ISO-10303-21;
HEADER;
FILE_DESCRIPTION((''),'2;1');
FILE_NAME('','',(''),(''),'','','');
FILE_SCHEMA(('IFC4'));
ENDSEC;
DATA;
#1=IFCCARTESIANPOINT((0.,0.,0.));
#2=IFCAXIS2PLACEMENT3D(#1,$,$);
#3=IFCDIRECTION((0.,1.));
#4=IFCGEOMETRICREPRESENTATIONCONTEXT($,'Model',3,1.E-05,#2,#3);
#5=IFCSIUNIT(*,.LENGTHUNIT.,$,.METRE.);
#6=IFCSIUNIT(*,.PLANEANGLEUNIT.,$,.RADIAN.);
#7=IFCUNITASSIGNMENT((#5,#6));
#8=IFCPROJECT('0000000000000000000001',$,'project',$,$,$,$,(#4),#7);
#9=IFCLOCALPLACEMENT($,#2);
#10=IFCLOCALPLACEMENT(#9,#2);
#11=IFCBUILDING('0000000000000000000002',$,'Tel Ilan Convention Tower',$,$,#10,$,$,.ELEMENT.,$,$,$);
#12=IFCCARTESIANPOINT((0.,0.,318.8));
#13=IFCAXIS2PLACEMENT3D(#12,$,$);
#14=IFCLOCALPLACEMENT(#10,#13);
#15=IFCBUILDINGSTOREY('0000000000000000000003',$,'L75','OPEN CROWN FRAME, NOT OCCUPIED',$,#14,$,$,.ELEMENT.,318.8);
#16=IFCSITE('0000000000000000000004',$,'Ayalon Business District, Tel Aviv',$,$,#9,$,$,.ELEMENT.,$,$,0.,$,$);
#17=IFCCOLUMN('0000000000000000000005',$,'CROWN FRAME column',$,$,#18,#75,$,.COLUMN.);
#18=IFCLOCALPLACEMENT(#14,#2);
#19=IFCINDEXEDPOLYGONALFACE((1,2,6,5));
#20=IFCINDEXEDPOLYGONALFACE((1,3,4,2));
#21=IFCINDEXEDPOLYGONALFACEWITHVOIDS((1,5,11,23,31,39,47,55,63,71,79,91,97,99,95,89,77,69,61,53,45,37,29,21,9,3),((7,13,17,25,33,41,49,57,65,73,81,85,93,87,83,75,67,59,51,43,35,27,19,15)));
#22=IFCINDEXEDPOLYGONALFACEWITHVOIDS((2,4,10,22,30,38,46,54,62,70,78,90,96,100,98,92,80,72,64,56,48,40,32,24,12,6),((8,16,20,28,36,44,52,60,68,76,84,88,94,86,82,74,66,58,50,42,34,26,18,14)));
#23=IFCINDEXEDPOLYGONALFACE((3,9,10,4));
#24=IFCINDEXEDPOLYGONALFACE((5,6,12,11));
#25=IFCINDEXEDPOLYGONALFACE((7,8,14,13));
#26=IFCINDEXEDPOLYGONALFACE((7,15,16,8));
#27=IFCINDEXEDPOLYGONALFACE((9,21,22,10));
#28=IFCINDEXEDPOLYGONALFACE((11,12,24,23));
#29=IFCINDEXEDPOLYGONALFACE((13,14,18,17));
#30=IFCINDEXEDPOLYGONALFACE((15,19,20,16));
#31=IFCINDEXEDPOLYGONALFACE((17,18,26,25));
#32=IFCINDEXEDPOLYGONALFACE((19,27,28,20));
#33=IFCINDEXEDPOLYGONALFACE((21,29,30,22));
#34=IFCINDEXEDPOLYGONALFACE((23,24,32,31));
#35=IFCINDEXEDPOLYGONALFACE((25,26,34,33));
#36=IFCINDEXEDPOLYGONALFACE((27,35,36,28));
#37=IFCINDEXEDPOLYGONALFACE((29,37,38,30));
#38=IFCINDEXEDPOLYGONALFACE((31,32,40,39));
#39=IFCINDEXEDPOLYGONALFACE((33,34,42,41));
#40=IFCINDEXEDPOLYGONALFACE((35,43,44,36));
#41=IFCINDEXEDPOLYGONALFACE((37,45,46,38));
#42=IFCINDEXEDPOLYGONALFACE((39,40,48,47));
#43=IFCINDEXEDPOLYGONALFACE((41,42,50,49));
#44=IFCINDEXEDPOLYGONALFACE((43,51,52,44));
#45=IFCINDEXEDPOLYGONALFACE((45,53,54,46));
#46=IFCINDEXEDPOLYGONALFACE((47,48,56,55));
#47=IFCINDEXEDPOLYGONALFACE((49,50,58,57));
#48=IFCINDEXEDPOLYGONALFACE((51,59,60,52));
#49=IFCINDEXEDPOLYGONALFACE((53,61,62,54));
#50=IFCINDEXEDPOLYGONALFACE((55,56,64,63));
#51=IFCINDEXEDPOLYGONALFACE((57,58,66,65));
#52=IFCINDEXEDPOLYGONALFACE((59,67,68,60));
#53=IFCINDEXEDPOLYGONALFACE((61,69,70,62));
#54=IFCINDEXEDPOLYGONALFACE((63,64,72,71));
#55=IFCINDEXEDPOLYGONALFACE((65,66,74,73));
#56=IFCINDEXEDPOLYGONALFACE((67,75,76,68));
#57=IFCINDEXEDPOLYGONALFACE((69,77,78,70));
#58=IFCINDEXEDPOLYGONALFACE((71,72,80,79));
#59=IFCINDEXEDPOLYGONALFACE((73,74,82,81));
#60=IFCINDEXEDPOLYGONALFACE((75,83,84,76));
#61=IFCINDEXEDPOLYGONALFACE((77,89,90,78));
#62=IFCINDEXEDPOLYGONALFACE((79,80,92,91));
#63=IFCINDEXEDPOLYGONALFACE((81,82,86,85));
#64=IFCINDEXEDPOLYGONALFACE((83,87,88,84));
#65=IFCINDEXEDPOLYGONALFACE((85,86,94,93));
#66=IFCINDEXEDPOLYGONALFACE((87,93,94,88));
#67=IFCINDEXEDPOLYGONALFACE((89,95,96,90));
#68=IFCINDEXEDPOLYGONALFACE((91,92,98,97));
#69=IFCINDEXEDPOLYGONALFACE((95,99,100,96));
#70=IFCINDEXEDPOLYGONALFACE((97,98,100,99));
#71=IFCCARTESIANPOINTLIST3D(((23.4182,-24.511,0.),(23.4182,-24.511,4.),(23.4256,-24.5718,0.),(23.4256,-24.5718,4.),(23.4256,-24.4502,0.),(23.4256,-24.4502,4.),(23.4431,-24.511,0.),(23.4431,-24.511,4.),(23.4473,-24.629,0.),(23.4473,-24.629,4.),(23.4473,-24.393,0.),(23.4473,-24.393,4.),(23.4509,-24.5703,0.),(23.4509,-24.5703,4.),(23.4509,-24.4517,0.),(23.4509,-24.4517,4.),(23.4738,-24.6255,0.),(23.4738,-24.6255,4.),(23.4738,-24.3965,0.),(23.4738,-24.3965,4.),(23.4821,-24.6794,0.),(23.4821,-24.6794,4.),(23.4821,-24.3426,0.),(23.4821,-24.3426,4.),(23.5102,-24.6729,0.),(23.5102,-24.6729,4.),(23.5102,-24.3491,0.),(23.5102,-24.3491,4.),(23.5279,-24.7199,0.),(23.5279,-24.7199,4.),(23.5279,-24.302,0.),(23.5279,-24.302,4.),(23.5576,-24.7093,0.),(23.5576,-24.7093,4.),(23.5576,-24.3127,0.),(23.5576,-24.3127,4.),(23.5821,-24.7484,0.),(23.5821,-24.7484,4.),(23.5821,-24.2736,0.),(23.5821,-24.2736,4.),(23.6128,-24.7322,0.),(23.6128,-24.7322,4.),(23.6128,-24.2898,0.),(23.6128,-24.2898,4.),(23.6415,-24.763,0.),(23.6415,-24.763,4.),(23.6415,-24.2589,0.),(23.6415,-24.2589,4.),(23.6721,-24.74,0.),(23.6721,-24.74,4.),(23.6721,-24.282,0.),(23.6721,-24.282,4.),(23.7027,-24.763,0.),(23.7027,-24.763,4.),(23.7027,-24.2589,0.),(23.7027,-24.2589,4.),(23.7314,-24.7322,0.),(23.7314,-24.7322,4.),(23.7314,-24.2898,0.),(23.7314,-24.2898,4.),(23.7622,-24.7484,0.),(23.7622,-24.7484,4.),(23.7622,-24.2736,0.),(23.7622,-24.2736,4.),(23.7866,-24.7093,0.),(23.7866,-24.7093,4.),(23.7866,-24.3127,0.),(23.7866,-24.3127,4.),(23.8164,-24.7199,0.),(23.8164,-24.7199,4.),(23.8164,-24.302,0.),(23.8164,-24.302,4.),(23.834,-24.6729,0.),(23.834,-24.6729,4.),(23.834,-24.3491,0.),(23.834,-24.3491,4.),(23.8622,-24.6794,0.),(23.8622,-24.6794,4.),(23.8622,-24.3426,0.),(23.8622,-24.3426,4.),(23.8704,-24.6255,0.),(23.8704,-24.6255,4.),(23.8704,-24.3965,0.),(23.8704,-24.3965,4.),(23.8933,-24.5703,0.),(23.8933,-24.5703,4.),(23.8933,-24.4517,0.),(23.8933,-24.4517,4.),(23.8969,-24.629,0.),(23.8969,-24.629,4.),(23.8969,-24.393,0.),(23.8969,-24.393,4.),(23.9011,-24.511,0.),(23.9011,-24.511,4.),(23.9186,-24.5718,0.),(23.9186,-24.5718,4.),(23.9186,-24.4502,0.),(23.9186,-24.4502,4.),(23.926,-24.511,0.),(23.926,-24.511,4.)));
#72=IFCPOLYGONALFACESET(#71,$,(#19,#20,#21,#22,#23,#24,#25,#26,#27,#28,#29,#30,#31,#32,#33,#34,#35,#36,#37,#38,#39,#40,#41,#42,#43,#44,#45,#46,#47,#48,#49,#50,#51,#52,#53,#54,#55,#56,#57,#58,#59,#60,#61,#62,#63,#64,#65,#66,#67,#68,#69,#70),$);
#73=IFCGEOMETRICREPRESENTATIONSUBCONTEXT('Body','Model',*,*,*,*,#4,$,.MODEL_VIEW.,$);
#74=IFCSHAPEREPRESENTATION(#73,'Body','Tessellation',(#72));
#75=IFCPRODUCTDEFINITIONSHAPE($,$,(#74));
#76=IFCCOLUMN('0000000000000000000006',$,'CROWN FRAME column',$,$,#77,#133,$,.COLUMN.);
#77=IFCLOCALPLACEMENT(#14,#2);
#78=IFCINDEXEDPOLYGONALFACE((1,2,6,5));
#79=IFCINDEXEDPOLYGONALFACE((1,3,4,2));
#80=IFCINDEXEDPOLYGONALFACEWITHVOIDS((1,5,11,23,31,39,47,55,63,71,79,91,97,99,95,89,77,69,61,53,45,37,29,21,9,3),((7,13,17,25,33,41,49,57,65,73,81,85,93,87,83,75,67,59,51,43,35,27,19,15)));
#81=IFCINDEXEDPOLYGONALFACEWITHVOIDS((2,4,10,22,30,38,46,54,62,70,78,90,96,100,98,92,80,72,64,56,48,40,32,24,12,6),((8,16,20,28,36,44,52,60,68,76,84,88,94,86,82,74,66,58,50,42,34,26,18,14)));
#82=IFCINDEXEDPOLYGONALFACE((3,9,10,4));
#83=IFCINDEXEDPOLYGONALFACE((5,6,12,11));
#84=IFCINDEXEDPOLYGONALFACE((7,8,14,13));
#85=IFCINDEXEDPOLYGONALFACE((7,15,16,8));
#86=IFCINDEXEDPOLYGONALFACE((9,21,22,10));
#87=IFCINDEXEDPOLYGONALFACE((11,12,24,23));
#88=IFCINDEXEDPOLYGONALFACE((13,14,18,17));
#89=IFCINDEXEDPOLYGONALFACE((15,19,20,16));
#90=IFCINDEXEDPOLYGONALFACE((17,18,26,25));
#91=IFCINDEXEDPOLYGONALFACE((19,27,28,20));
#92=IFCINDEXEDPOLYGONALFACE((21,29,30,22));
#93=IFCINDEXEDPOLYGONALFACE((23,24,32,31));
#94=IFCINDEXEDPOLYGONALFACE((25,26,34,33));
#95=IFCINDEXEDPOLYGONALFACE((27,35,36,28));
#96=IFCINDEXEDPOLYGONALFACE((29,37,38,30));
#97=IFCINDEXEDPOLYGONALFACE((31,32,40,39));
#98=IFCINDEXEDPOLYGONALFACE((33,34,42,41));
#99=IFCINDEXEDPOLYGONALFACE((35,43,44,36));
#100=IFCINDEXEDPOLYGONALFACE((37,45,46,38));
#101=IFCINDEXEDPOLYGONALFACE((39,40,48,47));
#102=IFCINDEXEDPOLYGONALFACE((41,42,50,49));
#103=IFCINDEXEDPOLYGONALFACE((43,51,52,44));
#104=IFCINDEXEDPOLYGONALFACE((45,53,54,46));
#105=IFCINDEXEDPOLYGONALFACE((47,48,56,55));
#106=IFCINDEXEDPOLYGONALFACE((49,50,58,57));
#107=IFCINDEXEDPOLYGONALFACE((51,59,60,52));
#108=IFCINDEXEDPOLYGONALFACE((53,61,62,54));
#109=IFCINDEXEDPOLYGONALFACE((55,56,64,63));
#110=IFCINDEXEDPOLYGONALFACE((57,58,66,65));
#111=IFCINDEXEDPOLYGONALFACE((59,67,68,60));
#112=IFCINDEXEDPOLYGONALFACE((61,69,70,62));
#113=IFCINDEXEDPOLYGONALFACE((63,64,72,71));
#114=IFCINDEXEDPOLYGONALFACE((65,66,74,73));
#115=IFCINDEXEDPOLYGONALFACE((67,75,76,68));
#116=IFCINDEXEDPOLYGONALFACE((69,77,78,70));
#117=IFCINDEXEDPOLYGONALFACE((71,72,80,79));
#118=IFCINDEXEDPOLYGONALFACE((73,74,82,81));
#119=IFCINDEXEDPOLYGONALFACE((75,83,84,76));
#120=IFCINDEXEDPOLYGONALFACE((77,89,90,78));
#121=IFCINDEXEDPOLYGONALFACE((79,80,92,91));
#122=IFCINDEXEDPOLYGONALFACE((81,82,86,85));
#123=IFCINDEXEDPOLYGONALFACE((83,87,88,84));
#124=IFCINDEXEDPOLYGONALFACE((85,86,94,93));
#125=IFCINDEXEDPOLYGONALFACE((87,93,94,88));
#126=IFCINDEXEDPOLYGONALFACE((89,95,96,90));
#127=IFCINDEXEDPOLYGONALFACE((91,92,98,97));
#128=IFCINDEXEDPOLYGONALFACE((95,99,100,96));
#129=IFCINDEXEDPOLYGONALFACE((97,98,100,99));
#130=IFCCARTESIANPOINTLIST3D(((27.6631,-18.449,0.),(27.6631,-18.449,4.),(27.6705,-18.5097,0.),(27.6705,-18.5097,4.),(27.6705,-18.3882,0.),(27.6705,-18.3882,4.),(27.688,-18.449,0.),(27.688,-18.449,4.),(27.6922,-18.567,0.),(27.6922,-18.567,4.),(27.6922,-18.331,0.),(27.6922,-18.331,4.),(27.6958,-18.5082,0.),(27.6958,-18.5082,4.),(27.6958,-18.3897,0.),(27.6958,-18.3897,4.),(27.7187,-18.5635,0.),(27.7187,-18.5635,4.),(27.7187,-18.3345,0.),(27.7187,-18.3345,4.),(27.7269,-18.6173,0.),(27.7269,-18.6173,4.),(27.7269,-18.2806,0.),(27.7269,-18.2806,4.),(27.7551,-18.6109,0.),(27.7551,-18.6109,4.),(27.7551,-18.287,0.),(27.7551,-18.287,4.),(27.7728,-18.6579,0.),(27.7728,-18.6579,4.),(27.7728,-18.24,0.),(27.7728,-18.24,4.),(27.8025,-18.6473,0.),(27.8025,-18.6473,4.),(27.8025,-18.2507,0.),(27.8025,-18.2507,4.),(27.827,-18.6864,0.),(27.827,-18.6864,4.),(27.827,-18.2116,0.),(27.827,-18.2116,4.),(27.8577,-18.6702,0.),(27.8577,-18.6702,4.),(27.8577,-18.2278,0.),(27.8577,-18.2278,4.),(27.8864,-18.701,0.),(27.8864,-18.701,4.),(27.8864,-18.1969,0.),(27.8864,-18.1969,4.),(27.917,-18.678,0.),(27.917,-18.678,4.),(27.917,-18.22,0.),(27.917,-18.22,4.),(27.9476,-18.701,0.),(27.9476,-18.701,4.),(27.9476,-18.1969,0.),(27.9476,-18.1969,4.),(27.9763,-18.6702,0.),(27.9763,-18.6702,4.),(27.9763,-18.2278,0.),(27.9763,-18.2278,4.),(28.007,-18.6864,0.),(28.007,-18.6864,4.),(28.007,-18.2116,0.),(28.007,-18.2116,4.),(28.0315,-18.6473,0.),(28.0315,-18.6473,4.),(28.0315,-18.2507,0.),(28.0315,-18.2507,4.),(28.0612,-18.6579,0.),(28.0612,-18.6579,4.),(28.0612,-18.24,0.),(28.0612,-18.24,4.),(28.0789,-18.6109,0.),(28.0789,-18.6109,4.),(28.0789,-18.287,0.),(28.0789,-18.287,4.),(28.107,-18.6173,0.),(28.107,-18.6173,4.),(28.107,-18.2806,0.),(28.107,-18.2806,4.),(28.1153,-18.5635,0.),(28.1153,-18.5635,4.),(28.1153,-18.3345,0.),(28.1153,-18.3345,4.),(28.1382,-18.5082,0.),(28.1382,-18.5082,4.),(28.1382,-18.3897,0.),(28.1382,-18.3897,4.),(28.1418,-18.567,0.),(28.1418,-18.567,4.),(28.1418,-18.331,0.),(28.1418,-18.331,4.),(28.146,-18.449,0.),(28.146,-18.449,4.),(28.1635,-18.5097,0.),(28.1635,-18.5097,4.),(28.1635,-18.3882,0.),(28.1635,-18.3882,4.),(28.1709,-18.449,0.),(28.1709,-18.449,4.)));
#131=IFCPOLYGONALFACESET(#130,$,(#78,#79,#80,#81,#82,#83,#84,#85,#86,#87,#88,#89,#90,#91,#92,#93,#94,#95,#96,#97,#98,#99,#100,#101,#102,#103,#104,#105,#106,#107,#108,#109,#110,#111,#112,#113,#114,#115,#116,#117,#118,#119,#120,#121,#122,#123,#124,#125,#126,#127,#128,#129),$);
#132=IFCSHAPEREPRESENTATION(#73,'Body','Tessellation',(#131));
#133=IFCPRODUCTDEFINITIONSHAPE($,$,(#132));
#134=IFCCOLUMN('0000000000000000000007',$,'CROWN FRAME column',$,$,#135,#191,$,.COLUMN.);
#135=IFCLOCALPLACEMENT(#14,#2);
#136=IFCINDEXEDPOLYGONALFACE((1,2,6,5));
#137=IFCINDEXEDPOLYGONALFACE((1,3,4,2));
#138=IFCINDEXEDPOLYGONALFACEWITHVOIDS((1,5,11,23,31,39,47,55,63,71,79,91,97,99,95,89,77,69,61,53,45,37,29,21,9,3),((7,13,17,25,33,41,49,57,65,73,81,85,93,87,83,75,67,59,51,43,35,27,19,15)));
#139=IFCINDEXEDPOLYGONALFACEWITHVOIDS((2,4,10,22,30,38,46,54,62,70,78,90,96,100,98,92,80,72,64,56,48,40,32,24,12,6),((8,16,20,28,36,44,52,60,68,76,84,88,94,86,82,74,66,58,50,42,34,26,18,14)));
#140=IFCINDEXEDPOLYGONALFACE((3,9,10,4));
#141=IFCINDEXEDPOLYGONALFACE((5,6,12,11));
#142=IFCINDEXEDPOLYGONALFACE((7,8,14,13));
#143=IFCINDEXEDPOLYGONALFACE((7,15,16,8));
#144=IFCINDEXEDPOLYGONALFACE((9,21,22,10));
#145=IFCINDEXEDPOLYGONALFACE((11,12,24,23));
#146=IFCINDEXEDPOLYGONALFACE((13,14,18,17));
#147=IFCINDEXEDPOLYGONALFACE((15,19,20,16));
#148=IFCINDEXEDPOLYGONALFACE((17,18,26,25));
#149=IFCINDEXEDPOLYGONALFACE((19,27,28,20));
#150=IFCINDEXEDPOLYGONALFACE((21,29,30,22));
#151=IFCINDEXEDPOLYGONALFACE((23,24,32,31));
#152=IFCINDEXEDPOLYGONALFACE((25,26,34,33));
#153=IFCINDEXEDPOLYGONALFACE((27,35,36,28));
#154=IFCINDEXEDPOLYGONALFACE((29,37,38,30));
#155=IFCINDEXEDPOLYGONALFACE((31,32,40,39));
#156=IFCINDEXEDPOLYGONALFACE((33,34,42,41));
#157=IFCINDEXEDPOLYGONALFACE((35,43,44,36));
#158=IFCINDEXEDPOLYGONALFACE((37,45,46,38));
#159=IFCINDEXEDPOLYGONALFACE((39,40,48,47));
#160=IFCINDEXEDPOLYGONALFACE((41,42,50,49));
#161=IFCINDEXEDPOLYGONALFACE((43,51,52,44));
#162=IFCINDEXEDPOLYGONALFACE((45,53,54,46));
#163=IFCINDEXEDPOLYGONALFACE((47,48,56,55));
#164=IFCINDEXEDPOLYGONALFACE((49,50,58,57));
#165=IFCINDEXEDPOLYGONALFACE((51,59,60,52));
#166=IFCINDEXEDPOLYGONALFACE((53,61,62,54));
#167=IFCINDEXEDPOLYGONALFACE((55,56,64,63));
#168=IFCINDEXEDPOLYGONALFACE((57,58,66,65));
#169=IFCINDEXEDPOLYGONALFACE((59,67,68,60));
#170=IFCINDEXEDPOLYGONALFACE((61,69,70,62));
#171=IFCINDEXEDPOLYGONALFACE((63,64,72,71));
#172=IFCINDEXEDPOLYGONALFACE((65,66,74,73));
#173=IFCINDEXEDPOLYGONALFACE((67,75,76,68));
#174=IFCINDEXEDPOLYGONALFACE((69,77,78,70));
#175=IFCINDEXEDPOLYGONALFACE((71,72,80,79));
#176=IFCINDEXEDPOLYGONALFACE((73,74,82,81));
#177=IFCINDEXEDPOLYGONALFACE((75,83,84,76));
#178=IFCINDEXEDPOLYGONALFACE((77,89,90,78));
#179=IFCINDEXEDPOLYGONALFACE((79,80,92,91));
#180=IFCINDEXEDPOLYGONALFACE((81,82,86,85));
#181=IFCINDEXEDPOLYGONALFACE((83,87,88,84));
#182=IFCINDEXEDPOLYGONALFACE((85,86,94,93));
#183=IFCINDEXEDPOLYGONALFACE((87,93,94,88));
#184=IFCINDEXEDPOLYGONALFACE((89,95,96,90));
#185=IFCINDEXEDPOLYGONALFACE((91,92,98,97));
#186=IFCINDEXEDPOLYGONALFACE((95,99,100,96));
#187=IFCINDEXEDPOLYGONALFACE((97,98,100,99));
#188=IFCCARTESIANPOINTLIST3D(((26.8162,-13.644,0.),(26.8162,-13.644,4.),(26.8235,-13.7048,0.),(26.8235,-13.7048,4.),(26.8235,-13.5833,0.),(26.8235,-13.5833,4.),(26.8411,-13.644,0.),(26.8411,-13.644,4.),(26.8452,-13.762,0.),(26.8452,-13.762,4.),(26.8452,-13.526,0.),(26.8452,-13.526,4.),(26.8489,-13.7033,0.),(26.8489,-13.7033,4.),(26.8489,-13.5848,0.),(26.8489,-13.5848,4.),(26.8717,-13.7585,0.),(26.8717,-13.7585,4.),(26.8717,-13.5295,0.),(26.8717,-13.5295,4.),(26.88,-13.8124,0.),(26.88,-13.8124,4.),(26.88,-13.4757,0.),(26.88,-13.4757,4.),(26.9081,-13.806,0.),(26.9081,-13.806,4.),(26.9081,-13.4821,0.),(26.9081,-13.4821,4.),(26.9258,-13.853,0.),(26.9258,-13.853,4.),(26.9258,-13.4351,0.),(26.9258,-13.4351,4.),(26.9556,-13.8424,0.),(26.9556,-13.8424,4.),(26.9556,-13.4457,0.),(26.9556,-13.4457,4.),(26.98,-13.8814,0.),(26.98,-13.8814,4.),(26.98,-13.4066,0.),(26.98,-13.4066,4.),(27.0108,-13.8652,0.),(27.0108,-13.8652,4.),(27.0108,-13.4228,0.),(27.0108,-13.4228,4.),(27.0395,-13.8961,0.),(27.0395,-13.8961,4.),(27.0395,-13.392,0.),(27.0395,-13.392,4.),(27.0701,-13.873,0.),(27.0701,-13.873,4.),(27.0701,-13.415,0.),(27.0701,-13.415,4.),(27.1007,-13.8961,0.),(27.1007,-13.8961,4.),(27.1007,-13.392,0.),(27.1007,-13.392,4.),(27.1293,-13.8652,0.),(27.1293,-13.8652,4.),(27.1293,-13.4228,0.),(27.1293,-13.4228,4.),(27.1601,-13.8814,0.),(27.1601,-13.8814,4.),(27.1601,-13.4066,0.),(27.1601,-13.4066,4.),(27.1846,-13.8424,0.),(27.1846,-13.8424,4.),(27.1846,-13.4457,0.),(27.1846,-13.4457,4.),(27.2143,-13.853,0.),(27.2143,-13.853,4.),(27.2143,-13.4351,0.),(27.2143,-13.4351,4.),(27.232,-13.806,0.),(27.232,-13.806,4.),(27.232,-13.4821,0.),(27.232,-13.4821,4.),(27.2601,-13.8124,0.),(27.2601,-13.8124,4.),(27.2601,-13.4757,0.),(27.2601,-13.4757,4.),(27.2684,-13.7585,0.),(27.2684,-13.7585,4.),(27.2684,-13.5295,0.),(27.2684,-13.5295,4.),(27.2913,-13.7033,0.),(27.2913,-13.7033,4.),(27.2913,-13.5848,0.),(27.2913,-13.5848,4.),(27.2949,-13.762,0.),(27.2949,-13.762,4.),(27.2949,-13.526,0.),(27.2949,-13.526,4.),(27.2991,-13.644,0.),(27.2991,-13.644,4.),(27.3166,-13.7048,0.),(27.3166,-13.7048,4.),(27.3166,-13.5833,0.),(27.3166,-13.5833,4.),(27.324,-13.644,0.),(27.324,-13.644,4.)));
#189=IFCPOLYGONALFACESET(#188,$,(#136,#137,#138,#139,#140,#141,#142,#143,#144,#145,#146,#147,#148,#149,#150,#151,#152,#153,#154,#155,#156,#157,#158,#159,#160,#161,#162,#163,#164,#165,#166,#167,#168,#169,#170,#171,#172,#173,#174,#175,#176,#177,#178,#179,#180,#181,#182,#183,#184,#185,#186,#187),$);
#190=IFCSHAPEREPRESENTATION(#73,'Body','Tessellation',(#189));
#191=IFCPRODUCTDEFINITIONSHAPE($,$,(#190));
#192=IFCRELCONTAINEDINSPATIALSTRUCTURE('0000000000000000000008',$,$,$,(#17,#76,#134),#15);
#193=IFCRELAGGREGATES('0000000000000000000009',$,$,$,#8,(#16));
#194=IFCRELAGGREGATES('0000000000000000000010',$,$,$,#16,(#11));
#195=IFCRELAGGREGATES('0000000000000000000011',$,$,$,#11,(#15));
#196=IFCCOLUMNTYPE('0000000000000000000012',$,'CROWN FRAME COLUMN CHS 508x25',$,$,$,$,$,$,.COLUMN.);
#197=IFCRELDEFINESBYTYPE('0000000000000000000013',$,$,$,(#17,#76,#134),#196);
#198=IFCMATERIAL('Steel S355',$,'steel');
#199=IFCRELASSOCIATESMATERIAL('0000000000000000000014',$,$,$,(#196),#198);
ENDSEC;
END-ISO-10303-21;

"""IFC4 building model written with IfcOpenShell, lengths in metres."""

from ifc_helpers import new_model, si_unit, direction, frame, origin, origin_2d, place, context, subcontext, project, spatial, hollow_circle, extrude, material, material_profile, profile_set, type_object, element, save


model = new_model("IFC4")

# Units and contexts
model_context = context("Model", 3, precision=1e-05, world=origin(), true_north=direction((0.0, 1.0)))
body_context = subcontext(model_context, "Body", "Model", "MODEL_VIEW")
ifc_project = project(units=[si_unit("LENGTHUNIT", "METRE"), si_unit("PLANEANGLEUNIT", "RADIAN")], contexts=[model_context])

# Site, building, storey
site_placement = place(None, origin())
site = spatial("IfcSite", under=ifc_project, at=site_placement, Name="Ayalon Business District, Tel Aviv", CompositionType="ELEMENT", RefElevation=0.0)
building_placement = place(site_placement, origin())
building = spatial("IfcBuilding", under=site, at=building_placement, Name="Tel Ilan Convention Tower", CompositionType="ELEMENT")
storey_placement = place(building_placement, frame((0.0, 0.0, 318.8)))
storey = spatial("IfcBuildingStorey", under=building, at=storey_placement, Name="L75", Description="OPEN CROWN FRAME, NOT OCCUPIED", CompositionType="ELEMENT", Elevation=318.8)

# Columns
ifc_material_1 = material(Name="Steel S355", Category="steel")
ifc_material_profile_1 = material_profile(ifc_material_1, hollow_circle(Radius=0.2539, WallThickness=0.0249, at=origin_2d()), Name="CHS 508x25")
ifc_profile_set_1 = profile_set([ifc_material_profile_1], Name="Steel S355")
column_type = type_object("IfcColumnType", Name="CROWN FRAME COLUMN CHS 508x25", PredefinedType="COLUMN", material=ifc_profile_set_1)
for number, where, z_axis, x_axis, name in (
    (1, (23.6721, -24.511, 0.0), (0.0, 0.0, 1.0), (1.0, 0.0, 0.0), "CROWN FRAME column"),
    (2, (27.917, -18.449, 0.0), (0.0, 0.0, 1.0), (1.0, 0.0, 0.0), "CROWN FRAME column"),
    (3, (27.0701, -13.644, 0.0), (0.0, 0.0, 1.0), (1.0, 0.0, 0.0), "CROWN FRAME column"),
):
    element("IfcColumn", number, at=place(storey_placement, frame(where, z_axis=z_axis, x_axis=x_axis)), inside=storey, type_object=column_type, Name=name, PredefinedType="COLUMN", context=body_context, shape_type="SweptSolid", body=[
        extrude(hollow_circle(Radius=0.2539, WallThickness=0.0249, at=origin_2d()), origin(), (0.0, 0.0, 1.0), 4.0),
    ])

save(model, "model.ifc")
